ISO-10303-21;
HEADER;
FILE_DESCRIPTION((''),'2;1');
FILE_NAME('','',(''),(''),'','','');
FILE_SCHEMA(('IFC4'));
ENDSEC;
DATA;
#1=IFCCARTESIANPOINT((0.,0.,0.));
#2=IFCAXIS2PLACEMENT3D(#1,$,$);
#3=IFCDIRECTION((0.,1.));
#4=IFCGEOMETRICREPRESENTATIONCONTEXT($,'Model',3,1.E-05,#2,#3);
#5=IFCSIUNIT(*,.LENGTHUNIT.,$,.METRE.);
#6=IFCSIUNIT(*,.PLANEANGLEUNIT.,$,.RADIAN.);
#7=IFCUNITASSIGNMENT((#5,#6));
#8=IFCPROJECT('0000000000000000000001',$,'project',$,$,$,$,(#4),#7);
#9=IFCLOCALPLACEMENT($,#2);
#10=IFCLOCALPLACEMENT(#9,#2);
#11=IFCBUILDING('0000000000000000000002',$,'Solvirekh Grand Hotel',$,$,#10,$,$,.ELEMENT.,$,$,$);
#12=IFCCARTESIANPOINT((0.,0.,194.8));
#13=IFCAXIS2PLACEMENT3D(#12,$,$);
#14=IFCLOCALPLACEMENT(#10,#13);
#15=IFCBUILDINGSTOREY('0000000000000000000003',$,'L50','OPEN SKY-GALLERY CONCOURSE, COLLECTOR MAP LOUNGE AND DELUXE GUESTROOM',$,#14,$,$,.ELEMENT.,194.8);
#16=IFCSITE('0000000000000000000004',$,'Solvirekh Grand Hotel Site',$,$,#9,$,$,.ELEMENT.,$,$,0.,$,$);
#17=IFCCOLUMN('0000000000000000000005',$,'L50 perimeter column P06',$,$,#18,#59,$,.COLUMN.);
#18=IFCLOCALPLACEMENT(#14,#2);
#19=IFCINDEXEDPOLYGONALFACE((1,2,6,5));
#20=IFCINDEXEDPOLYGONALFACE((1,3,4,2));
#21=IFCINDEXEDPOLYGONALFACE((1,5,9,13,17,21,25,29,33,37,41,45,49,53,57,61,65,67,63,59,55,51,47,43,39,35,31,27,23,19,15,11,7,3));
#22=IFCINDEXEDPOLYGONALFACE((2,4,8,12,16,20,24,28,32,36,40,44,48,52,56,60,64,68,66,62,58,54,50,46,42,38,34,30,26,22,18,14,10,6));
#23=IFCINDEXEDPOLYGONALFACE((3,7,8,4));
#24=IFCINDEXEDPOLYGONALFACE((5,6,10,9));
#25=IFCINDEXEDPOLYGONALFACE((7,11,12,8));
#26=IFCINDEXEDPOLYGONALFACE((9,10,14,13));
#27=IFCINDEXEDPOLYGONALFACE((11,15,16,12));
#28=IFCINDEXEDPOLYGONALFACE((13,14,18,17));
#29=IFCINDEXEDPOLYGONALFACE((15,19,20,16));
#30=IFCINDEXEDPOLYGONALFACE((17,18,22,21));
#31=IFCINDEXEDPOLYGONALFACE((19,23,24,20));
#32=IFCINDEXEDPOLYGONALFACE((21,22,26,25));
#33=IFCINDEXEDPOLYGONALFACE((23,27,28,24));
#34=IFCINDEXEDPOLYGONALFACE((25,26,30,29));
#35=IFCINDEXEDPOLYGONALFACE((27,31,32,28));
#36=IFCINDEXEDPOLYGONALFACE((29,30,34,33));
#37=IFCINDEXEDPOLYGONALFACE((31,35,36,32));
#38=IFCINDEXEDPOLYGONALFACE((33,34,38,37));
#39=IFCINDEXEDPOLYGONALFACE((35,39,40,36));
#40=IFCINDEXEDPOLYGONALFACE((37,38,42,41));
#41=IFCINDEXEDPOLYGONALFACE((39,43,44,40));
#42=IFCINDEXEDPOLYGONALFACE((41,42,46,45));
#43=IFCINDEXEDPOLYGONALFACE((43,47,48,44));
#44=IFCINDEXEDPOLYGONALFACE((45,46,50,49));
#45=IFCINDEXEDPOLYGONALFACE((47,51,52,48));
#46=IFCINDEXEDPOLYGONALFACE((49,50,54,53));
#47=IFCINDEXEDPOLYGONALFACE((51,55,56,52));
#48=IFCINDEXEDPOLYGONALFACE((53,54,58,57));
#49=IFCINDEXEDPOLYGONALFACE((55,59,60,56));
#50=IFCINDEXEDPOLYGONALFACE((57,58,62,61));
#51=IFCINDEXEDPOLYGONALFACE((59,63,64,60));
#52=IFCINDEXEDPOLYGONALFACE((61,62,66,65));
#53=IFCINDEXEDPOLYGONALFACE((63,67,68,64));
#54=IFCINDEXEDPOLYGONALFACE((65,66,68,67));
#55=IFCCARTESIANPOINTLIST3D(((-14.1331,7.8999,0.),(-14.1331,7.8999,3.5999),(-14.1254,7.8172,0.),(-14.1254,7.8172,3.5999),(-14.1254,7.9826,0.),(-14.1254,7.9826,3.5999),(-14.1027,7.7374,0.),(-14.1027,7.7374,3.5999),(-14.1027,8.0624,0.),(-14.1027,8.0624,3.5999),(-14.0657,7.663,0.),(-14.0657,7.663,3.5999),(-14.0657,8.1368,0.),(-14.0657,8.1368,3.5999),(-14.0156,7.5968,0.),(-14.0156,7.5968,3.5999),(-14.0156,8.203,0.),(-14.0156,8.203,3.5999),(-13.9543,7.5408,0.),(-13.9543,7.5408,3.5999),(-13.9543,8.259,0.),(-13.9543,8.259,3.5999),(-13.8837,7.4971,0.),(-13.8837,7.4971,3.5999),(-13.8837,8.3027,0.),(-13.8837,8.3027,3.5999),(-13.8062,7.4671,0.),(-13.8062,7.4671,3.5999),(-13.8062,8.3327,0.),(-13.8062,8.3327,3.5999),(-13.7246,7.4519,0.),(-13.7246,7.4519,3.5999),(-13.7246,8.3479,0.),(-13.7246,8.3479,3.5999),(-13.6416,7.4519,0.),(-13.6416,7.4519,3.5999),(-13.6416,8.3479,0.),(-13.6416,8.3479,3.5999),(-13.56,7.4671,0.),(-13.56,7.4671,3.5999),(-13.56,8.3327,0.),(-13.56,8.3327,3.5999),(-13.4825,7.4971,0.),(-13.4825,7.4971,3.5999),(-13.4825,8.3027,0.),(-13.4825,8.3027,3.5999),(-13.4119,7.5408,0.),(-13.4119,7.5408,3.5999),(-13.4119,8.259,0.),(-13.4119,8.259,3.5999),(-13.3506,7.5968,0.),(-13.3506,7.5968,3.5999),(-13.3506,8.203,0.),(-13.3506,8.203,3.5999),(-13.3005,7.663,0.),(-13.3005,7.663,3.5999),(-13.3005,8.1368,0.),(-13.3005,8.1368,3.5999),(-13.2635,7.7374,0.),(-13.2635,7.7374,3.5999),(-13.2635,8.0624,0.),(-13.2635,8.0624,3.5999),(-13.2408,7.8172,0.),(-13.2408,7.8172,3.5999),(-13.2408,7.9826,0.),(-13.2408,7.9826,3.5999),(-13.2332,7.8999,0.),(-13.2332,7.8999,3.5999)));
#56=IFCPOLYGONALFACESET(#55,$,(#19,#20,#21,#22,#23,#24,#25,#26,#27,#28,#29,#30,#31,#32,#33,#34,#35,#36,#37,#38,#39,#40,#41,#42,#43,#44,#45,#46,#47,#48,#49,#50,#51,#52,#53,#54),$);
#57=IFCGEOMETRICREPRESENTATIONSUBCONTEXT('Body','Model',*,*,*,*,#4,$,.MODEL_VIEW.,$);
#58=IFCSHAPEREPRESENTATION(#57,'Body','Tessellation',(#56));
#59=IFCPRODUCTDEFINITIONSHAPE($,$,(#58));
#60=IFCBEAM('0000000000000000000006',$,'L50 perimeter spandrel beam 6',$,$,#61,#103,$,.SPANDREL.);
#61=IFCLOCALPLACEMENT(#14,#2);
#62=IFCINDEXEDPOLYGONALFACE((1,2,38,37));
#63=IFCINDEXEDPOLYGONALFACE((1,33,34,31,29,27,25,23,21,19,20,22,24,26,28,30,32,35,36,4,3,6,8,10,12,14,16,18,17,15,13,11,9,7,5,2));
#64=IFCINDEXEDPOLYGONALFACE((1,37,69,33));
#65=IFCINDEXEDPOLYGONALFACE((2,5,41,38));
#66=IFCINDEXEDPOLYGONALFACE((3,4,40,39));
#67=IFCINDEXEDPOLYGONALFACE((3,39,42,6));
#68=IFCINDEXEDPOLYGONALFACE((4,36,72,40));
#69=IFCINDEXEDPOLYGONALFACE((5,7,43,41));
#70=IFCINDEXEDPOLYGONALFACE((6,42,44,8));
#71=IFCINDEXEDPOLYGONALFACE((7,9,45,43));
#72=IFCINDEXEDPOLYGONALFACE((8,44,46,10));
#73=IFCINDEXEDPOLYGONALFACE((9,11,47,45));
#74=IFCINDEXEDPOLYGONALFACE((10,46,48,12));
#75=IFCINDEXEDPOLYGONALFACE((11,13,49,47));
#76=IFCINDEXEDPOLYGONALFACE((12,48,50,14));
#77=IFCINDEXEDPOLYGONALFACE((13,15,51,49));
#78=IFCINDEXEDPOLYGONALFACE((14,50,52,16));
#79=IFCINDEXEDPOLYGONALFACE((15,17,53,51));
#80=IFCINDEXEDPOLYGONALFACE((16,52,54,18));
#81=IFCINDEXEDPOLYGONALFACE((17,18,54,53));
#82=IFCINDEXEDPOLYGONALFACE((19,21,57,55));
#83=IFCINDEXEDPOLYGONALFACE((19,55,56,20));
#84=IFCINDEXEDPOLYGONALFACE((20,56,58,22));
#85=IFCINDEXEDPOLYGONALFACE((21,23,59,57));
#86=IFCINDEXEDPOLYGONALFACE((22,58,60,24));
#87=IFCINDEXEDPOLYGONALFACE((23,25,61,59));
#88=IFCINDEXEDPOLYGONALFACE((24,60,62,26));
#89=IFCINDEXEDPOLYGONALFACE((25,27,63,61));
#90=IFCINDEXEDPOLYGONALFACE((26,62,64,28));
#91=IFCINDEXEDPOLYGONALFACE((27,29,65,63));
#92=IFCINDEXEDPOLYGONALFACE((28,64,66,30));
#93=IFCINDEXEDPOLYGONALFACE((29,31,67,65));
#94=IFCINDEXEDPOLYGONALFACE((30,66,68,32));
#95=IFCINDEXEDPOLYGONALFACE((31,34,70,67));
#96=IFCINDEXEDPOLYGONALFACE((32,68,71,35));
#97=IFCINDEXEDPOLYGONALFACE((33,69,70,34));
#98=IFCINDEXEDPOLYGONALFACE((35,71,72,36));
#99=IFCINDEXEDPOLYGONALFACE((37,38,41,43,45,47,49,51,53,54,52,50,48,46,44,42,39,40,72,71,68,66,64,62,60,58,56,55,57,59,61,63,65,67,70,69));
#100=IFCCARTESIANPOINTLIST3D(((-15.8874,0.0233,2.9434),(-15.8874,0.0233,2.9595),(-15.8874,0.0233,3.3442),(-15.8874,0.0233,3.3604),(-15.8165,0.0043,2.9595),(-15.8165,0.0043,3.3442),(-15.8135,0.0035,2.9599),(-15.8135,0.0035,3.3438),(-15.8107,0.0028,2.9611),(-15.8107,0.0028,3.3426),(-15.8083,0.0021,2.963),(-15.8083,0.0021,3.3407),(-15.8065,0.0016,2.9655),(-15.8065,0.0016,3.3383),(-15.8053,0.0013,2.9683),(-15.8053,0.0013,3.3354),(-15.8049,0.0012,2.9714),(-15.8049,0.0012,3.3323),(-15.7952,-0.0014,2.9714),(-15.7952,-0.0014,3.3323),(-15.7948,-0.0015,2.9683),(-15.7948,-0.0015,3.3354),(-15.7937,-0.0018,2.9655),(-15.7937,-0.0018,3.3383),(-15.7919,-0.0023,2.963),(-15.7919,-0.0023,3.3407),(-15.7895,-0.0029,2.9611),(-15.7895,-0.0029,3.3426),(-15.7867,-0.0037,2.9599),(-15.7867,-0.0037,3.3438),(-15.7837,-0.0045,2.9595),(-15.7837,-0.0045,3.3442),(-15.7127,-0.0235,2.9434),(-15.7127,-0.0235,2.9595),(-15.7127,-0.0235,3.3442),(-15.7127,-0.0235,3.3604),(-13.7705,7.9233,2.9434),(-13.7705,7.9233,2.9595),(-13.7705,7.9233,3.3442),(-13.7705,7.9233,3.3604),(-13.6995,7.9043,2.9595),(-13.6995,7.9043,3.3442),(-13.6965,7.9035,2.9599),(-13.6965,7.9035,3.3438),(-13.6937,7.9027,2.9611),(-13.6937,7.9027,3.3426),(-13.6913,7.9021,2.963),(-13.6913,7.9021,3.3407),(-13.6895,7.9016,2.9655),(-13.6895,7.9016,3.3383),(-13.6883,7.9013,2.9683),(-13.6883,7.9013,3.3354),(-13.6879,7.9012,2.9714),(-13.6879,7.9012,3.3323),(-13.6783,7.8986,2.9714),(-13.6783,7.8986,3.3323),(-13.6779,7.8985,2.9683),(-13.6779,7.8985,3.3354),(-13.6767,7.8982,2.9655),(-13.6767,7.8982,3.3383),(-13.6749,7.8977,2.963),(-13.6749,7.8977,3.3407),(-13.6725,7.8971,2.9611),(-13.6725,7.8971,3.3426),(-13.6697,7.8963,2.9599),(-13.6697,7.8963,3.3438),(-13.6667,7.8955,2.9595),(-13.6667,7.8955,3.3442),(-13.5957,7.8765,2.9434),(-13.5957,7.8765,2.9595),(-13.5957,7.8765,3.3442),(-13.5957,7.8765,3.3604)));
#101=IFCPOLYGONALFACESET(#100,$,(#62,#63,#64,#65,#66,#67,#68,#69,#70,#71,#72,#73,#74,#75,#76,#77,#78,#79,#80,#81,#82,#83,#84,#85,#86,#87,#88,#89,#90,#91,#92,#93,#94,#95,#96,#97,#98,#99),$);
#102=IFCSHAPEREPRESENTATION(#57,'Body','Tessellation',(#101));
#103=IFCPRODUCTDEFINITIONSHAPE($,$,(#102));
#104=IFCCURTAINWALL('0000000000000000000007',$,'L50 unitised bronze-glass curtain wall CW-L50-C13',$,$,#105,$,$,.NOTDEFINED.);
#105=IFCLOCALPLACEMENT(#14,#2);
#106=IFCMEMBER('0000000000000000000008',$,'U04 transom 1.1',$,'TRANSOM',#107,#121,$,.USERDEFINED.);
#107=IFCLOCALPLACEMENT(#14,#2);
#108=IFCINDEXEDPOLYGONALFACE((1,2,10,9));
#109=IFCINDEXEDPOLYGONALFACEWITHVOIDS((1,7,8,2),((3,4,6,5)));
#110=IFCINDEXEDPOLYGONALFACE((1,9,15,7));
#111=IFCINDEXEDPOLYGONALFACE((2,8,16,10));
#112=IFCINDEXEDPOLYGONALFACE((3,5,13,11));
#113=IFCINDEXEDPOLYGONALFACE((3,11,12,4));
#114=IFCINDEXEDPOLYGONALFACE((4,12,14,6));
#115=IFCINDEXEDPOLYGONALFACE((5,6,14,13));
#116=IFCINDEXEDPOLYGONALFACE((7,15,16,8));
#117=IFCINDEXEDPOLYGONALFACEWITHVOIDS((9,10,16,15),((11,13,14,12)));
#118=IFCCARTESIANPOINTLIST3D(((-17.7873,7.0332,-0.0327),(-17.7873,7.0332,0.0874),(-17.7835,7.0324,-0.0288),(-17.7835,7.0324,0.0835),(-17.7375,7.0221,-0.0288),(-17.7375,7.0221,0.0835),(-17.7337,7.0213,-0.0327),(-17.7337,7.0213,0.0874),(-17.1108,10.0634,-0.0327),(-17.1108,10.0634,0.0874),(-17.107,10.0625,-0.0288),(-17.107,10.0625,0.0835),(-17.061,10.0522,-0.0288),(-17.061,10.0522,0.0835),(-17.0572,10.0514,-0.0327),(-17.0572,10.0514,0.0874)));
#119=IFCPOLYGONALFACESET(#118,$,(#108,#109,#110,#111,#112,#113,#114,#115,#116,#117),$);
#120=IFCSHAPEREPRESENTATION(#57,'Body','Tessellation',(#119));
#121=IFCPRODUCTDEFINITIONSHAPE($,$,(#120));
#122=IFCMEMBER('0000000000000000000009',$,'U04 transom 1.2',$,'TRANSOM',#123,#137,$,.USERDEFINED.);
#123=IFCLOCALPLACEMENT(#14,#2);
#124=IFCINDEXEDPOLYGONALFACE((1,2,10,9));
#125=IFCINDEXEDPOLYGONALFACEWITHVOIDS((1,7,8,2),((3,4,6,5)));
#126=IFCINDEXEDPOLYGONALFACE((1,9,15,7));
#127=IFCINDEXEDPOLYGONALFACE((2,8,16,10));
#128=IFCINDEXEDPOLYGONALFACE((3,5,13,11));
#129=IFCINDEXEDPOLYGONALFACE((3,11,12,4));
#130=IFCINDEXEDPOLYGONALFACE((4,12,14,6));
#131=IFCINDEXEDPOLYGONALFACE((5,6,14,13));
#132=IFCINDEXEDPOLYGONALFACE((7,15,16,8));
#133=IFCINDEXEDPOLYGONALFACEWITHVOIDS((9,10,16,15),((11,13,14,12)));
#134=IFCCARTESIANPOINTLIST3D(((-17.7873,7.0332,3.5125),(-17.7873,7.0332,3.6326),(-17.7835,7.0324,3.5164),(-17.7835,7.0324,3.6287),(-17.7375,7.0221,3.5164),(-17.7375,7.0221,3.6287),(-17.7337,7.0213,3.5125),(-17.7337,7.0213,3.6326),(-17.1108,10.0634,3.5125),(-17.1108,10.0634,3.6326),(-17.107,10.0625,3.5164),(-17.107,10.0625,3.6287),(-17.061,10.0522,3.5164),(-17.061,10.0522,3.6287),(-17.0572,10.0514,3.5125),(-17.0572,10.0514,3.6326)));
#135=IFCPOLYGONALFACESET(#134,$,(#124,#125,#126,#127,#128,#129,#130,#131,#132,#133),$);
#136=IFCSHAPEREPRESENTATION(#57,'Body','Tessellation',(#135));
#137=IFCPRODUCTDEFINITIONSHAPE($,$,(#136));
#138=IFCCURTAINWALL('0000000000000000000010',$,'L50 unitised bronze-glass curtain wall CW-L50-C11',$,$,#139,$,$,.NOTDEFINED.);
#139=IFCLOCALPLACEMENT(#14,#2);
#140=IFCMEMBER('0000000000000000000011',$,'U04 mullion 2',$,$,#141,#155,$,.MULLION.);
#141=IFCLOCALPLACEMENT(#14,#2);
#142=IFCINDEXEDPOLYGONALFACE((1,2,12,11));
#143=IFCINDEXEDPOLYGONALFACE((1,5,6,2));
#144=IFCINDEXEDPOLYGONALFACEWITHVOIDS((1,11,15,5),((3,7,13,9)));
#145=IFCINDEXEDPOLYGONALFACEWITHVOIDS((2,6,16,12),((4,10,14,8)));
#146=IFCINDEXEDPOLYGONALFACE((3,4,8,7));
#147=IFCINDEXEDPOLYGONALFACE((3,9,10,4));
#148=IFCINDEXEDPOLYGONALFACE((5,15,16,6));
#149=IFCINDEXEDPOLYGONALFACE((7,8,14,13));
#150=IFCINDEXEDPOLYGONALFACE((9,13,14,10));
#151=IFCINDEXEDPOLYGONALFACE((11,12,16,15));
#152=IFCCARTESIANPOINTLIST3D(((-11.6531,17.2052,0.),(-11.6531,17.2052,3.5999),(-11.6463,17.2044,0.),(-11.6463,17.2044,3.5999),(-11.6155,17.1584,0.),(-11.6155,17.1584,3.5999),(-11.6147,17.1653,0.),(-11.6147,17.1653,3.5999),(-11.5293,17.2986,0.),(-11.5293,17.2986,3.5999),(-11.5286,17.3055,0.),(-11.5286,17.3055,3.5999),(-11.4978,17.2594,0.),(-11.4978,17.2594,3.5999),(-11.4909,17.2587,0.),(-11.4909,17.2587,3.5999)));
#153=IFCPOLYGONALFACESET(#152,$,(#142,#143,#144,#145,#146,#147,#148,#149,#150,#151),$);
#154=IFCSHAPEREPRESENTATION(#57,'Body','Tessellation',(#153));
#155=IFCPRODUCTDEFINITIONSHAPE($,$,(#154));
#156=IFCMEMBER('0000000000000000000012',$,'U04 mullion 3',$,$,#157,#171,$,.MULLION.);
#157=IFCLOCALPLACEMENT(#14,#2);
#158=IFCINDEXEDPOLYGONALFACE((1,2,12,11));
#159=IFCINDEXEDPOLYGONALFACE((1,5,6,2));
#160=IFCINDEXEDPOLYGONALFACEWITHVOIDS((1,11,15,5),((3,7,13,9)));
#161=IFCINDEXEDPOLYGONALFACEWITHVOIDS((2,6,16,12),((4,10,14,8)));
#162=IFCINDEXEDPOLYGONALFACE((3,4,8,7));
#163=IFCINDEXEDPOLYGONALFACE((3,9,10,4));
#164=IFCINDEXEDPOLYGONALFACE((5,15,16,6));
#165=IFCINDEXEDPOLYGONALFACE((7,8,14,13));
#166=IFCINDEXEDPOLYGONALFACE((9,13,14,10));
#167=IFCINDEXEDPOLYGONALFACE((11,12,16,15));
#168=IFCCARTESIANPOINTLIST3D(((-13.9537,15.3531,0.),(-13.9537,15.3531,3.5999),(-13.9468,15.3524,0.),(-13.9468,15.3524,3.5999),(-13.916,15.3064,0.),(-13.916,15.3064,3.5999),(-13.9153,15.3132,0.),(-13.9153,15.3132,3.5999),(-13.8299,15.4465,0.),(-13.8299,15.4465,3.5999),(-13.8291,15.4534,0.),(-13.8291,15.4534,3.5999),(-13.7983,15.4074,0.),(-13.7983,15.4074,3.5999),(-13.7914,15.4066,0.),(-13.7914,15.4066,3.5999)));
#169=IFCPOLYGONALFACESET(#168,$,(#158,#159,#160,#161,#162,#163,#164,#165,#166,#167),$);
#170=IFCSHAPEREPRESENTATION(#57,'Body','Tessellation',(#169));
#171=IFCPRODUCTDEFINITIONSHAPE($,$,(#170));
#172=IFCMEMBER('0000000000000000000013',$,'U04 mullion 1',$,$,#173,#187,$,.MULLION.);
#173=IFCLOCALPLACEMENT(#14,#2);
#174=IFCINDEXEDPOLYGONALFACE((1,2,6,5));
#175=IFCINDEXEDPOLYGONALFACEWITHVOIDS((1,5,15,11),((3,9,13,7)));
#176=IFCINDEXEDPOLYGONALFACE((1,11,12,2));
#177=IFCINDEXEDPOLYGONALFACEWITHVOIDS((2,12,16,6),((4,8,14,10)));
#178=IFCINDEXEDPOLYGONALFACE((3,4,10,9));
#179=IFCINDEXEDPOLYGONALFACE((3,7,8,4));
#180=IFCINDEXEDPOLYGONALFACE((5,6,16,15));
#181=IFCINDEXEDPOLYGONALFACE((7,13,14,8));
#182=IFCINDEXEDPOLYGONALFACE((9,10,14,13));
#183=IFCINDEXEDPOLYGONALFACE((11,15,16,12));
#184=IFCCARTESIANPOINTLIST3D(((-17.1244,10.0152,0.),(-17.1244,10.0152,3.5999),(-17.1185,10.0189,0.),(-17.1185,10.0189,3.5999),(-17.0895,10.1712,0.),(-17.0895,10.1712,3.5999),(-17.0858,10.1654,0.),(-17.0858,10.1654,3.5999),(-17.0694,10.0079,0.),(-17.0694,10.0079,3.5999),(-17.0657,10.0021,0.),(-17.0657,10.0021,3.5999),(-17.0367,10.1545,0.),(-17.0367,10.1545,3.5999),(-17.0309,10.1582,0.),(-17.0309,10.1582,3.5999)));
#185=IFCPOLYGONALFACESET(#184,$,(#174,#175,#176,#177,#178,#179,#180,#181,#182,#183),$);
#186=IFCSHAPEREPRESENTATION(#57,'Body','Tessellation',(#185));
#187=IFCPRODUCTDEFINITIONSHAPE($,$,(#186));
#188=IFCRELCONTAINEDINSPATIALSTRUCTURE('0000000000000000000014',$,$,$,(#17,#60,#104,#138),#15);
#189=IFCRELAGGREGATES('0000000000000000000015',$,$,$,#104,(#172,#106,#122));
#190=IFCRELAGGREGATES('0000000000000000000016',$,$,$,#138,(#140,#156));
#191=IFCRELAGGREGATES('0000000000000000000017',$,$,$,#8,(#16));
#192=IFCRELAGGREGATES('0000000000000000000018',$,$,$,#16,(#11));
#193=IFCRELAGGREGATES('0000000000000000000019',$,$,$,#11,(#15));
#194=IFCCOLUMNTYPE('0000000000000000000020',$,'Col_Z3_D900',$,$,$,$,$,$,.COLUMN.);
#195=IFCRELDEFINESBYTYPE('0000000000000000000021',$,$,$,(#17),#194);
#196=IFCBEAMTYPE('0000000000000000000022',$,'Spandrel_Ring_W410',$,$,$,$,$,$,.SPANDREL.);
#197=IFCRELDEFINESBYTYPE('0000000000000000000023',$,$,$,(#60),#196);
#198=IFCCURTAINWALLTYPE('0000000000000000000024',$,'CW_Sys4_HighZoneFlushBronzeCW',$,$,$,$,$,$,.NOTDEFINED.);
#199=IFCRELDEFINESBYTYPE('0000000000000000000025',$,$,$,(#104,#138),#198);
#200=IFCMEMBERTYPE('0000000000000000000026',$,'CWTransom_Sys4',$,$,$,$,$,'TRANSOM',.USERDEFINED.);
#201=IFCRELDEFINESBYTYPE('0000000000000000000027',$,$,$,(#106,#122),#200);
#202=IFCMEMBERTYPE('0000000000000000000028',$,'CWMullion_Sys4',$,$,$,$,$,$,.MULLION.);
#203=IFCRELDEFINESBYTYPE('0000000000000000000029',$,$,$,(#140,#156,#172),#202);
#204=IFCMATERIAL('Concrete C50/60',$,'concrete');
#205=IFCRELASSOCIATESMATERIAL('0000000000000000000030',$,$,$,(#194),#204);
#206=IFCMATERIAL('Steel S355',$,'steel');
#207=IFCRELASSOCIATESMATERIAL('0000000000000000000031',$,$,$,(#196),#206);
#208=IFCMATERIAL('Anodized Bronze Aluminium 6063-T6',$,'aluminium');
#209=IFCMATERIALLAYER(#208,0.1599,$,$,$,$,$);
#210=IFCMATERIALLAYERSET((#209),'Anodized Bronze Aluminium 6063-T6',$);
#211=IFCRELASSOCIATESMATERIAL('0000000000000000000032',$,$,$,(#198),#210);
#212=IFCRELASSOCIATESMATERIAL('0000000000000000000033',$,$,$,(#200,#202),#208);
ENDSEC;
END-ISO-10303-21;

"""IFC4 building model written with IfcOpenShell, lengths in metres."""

from ifc_helpers import new_model, si_unit, direction, frame, origin, origin_2d, place, context, subcontext, project, spatial, hollow_rectangle, circle, i_section, extrude, source, transform, mapped, material, layer, layer_set, material_profile, profile_set, type_object, element, aggregate, save


model = new_model("IFC4")

# Units and contexts
model_context = context("Model", 3, precision=1e-05, world=origin(), true_north=direction((0.0, 1.0)))
body_context = subcontext(model_context, "Body", "Model", "MODEL_VIEW")
ifc_project = project(units=[si_unit("LENGTHUNIT", "METRE"), si_unit("PLANEANGLEUNIT", "RADIAN")], contexts=[model_context])

# Site, building, storey
site_placement = place(None, origin())
site = spatial("IfcSite", under=ifc_project, at=site_placement, Name="Solvirekh Grand Hotel Site", CompositionType="ELEMENT", RefElevation=0.0)
building_placement = place(site_placement, origin())
building = spatial("IfcBuilding", under=site, at=building_placement, Name="Solvirekh Grand Hotel", CompositionType="ELEMENT")
storey_placement = place(building_placement, frame((0.0, 0.0, 194.8)))
storey = spatial("IfcBuildingStorey", under=building, at=storey_placement, Name="L50", Description="OPEN SKY-GALLERY CONCOURSE, COLLECTOR MAP LOUNGE AND DELUXE GUESTROOM", CompositionType="ELEMENT", Elevation=194.8)

# Column
ifc_material_1 = material(Name="Concrete C50/60", Category="concrete")
ifc_material_profile_1 = material_profile(ifc_material_1, circle(Radius=0.45, at=origin_2d()), Name="RC CIRC D900")
ifc_profile_set_1 = profile_set([ifc_material_profile_1], Name="Concrete C50/60")
column_type = type_object("IfcColumnType", Name="Col_Z3_D900", PredefinedType="COLUMN", material=ifc_profile_set_1)
column_placement = place(storey_placement, frame((-13.6831, 7.8999, 0.0), z_axis=(0.0, 0.0, 1.0), x_axis=(1.0, 0.0, 0.0)))
element("IfcColumn", 1, at=column_placement, inside=storey, type_object=column_type, Name="L50 perimeter column P06", PredefinedType="COLUMN", context=body_context, shape_type="SweptSolid", body=[
    extrude(circle(Radius=0.45, at=origin_2d()), origin(), (0.0, 0.0, 1.0), 3.5999),
])

# Beam
ifc_material_2 = material(Name="Steel S355", Category="steel")
ifc_material_profile_2 = material_profile(ifc_material_2, i_section(OverallWidth=0.1809, OverallDepth=0.417, WebThickness=0.01, FlangeThickness=0.0161, FilletRadius=0.012, at=origin_2d()), Name="W410X85")
ifc_profile_set_2 = profile_set([ifc_material_profile_2], Name="Steel S355")
beam_type = type_object("IfcBeamType", Name="Spandrel_Ring_W410", PredefinedType="SPANDREL", material=ifc_profile_set_2)
beam_placement = place(storey_placement, frame((-13.6831, 7.8999, 3.1519), z_axis=(-0.258839, -0.965921, 0.0), x_axis=(0.965921, -0.258839, 0.0)))
element("IfcBeam", 2, at=beam_placement, inside=storey, type_object=beam_type, Name="L50 perimeter spandrel beam 6", PredefinedType="SPANDREL", context=body_context, shape_type="SweptSolid", body=[
    extrude(i_section(OverallWidth=0.1809, OverallDepth=0.417, WebThickness=0.01, FlangeThickness=0.0161, FilletRadius=0.012, at=origin_2d()), origin(), (0.0, 0.0, 1.0), 8.1787),
])

# Curtain walls, members
ifc_material_3 = material(Name="Anodized Bronze Aluminium 6063-T6", Category="aluminium")
ifc_layer_1 = layer(ifc_material_3, 0.1599)
ifc_layer_set_1 = layer_set([ifc_layer_1], Name="Anodized Bronze Aluminium 6063-T6")
curtain_wall_type = type_object("IfcCurtainWallType", Name="CW_Sys4_HighZoneFlushBronzeCW", PredefinedType="NOTDEFINED", material=ifc_layer_set_1)
curtain_wall_1_placement = place(storey_placement, origin())
curtain_wall_1 = element("IfcCurtainWall", 3, at=curtain_wall_1_placement, inside=storey, type_object=curtain_wall_type, Name="L50 unitised bronze-glass curtain wall CW-L50-C13", PredefinedType="NOTDEFINED")
ifc_material_profile_3 = material_profile(ifc_material_3, hollow_rectangle(XDim=0.0549, YDim=0.1201, WallThickness=0.0039, at=origin_2d()), Name="ALU RHS 120X55X4")
ifc_profile_set_3 = profile_set([ifc_material_profile_3], Name="Anodized Bronze Aluminium 6063-T6")
member_type_1 = type_object("IfcMemberType", Name="CWTransom_Sys4", ElementType="TRANSOM", PredefinedType="USERDEFINED", material=ifc_profile_set_3)
shared_shape_1 = source(origin(), body_context, "Body", "SweptSolid", [
    extrude(hollow_rectangle(XDim=0.0549, YDim=0.1201, WallThickness=0.0039, at=origin_2d()), origin(), (0.0, 0.0, 1.0), 3.1047),
])
member_1_placement = place(storey_placement, frame((-17.084, 10.0574, 0.0273), z_axis=(-0.217905, -0.97597, 0.0), x_axis=(0.97597, -0.217905, 0.0)))
member_1 = element("IfcMember", 4, at=member_1_placement, type_object=member_type_1, Name="U04 transom 1.1", ObjectType="TRANSOM", PredefinedType="USERDEFINED", context=body_context, shape_type="MappedRepresentation", body=[
    mapped(shared_shape_1, transform((0.0, 0.0, 0.0), x_axis=(1.0, 0.0, 0.0), y_axis=(0.0, 1.0, 0.0), z_axis=(0.0, 0.0, 1.0), scale=1.0)),
])
member_2_placement = place(storey_placement, frame((-17.084, 10.0574, 3.5725), z_axis=(-0.217905, -0.97597, 0.0), x_axis=(0.97597, -0.217905, 0.0)))
member_2 = element("IfcMember", 5, at=member_2_placement, type_object=member_type_1, Name="U04 transom 1.2", ObjectType="TRANSOM", PredefinedType="USERDEFINED", context=body_context, shape_type="MappedRepresentation", body=[
    mapped(shared_shape_1, transform((0.0, 0.0, 0.0), x_axis=(1.0, 0.0, 0.0), y_axis=(0.0, 1.0, 0.0), z_axis=(0.0, 0.0, 1.0), scale=1.0)),
])
curtain_wall_2_placement = place(storey_placement, origin())
curtain_wall_2 = element("IfcCurtainWall", 6, at=curtain_wall_2_placement, inside=storey, type_object=curtain_wall_type, Name="L50 unitised bronze-glass curtain wall CW-L50-C11", PredefinedType="NOTDEFINED")
ifc_material_profile_4 = material_profile(ifc_material_3, hollow_rectangle(XDim=0.0601, YDim=0.1599, WallThickness=0.0049, at=origin_2d()), Name="ALU RHS 160X60X5")
ifc_profile_set_4 = profile_set([ifc_material_profile_4], Name="Anodized Bronze Aluminium 6063-T6")
member_type_2 = type_object("IfcMemberType", Name="CWMullion_Sys4", PredefinedType="MULLION", material=ifc_profile_set_4)
shared_shape_2 = source(origin(), body_context, "Body", "SweptSolid", [
    extrude(hollow_rectangle(XDim=0.0601, YDim=0.1599, WallThickness=0.0049, at=origin_2d()), origin(), (0.0, 0.0, 1.0), 3.5999),
])
member_3_placement = place(storey_placement, frame((-11.572, 17.2319, 0.0), z_axis=(0.0, 0.0, 1.0), x_axis=(0.627104, -0.778936, 0.0)))
member_3 = element("IfcMember", 7, at=member_3_placement, type_object=member_type_2, Name="U04 mullion 2", PredefinedType="MULLION", context=body_context, shape_type="MappedRepresentation", body=[
    mapped(shared_shape_2, transform((0.0, 0.0, 0.0), x_axis=(1.0, 0.0, 0.0), y_axis=(0.0, 1.0, 0.0), z_axis=(0.0, 0.0, 1.0), scale=1.0)),
])
member_4_placement = place(storey_placement, frame((-13.8726, 15.3799, 0.0), z_axis=(0.0, 0.0, 1.0), x_axis=(0.627104, -0.778936, 0.0)))
member_4 = element("IfcMember", 8, at=member_4_placement, type_object=member_type_2, Name="U04 mullion 3", PredefinedType="MULLION", context=body_context, shape_type="MappedRepresentation", body=[
    mapped(shared_shape_2, transform((0.0, 0.0, 0.0), x_axis=(1.0, 0.0, 0.0), y_axis=(0.0, 1.0, 0.0), z_axis=(0.0, 0.0, 1.0), scale=1.0)),
])

# Member
member_5_placement = place(storey_placement, frame((-17.0776, 10.0867, 0.0), z_axis=(0.0, 0.0, 1.0), x_axis=(0.97598, -0.217858, 0.0)))
member_5 = element("IfcMember", 9, at=member_5_placement, type_object=member_type_2, Name="U04 mullion 1", PredefinedType="MULLION", context=body_context, shape_type="MappedRepresentation", body=[
    mapped(shared_shape_2, transform((0.0, 0.0, 0.0), x_axis=(1.0, 0.0, 0.0), y_axis=(0.0, 1.0, 0.0), z_axis=(0.0, 0.0, 1.0), scale=1.0)),
])

aggregate(curtain_wall_1, [member_5, member_1, member_2])
aggregate(curtain_wall_2, [member_3, member_4])

save(model, "model.ifc")
